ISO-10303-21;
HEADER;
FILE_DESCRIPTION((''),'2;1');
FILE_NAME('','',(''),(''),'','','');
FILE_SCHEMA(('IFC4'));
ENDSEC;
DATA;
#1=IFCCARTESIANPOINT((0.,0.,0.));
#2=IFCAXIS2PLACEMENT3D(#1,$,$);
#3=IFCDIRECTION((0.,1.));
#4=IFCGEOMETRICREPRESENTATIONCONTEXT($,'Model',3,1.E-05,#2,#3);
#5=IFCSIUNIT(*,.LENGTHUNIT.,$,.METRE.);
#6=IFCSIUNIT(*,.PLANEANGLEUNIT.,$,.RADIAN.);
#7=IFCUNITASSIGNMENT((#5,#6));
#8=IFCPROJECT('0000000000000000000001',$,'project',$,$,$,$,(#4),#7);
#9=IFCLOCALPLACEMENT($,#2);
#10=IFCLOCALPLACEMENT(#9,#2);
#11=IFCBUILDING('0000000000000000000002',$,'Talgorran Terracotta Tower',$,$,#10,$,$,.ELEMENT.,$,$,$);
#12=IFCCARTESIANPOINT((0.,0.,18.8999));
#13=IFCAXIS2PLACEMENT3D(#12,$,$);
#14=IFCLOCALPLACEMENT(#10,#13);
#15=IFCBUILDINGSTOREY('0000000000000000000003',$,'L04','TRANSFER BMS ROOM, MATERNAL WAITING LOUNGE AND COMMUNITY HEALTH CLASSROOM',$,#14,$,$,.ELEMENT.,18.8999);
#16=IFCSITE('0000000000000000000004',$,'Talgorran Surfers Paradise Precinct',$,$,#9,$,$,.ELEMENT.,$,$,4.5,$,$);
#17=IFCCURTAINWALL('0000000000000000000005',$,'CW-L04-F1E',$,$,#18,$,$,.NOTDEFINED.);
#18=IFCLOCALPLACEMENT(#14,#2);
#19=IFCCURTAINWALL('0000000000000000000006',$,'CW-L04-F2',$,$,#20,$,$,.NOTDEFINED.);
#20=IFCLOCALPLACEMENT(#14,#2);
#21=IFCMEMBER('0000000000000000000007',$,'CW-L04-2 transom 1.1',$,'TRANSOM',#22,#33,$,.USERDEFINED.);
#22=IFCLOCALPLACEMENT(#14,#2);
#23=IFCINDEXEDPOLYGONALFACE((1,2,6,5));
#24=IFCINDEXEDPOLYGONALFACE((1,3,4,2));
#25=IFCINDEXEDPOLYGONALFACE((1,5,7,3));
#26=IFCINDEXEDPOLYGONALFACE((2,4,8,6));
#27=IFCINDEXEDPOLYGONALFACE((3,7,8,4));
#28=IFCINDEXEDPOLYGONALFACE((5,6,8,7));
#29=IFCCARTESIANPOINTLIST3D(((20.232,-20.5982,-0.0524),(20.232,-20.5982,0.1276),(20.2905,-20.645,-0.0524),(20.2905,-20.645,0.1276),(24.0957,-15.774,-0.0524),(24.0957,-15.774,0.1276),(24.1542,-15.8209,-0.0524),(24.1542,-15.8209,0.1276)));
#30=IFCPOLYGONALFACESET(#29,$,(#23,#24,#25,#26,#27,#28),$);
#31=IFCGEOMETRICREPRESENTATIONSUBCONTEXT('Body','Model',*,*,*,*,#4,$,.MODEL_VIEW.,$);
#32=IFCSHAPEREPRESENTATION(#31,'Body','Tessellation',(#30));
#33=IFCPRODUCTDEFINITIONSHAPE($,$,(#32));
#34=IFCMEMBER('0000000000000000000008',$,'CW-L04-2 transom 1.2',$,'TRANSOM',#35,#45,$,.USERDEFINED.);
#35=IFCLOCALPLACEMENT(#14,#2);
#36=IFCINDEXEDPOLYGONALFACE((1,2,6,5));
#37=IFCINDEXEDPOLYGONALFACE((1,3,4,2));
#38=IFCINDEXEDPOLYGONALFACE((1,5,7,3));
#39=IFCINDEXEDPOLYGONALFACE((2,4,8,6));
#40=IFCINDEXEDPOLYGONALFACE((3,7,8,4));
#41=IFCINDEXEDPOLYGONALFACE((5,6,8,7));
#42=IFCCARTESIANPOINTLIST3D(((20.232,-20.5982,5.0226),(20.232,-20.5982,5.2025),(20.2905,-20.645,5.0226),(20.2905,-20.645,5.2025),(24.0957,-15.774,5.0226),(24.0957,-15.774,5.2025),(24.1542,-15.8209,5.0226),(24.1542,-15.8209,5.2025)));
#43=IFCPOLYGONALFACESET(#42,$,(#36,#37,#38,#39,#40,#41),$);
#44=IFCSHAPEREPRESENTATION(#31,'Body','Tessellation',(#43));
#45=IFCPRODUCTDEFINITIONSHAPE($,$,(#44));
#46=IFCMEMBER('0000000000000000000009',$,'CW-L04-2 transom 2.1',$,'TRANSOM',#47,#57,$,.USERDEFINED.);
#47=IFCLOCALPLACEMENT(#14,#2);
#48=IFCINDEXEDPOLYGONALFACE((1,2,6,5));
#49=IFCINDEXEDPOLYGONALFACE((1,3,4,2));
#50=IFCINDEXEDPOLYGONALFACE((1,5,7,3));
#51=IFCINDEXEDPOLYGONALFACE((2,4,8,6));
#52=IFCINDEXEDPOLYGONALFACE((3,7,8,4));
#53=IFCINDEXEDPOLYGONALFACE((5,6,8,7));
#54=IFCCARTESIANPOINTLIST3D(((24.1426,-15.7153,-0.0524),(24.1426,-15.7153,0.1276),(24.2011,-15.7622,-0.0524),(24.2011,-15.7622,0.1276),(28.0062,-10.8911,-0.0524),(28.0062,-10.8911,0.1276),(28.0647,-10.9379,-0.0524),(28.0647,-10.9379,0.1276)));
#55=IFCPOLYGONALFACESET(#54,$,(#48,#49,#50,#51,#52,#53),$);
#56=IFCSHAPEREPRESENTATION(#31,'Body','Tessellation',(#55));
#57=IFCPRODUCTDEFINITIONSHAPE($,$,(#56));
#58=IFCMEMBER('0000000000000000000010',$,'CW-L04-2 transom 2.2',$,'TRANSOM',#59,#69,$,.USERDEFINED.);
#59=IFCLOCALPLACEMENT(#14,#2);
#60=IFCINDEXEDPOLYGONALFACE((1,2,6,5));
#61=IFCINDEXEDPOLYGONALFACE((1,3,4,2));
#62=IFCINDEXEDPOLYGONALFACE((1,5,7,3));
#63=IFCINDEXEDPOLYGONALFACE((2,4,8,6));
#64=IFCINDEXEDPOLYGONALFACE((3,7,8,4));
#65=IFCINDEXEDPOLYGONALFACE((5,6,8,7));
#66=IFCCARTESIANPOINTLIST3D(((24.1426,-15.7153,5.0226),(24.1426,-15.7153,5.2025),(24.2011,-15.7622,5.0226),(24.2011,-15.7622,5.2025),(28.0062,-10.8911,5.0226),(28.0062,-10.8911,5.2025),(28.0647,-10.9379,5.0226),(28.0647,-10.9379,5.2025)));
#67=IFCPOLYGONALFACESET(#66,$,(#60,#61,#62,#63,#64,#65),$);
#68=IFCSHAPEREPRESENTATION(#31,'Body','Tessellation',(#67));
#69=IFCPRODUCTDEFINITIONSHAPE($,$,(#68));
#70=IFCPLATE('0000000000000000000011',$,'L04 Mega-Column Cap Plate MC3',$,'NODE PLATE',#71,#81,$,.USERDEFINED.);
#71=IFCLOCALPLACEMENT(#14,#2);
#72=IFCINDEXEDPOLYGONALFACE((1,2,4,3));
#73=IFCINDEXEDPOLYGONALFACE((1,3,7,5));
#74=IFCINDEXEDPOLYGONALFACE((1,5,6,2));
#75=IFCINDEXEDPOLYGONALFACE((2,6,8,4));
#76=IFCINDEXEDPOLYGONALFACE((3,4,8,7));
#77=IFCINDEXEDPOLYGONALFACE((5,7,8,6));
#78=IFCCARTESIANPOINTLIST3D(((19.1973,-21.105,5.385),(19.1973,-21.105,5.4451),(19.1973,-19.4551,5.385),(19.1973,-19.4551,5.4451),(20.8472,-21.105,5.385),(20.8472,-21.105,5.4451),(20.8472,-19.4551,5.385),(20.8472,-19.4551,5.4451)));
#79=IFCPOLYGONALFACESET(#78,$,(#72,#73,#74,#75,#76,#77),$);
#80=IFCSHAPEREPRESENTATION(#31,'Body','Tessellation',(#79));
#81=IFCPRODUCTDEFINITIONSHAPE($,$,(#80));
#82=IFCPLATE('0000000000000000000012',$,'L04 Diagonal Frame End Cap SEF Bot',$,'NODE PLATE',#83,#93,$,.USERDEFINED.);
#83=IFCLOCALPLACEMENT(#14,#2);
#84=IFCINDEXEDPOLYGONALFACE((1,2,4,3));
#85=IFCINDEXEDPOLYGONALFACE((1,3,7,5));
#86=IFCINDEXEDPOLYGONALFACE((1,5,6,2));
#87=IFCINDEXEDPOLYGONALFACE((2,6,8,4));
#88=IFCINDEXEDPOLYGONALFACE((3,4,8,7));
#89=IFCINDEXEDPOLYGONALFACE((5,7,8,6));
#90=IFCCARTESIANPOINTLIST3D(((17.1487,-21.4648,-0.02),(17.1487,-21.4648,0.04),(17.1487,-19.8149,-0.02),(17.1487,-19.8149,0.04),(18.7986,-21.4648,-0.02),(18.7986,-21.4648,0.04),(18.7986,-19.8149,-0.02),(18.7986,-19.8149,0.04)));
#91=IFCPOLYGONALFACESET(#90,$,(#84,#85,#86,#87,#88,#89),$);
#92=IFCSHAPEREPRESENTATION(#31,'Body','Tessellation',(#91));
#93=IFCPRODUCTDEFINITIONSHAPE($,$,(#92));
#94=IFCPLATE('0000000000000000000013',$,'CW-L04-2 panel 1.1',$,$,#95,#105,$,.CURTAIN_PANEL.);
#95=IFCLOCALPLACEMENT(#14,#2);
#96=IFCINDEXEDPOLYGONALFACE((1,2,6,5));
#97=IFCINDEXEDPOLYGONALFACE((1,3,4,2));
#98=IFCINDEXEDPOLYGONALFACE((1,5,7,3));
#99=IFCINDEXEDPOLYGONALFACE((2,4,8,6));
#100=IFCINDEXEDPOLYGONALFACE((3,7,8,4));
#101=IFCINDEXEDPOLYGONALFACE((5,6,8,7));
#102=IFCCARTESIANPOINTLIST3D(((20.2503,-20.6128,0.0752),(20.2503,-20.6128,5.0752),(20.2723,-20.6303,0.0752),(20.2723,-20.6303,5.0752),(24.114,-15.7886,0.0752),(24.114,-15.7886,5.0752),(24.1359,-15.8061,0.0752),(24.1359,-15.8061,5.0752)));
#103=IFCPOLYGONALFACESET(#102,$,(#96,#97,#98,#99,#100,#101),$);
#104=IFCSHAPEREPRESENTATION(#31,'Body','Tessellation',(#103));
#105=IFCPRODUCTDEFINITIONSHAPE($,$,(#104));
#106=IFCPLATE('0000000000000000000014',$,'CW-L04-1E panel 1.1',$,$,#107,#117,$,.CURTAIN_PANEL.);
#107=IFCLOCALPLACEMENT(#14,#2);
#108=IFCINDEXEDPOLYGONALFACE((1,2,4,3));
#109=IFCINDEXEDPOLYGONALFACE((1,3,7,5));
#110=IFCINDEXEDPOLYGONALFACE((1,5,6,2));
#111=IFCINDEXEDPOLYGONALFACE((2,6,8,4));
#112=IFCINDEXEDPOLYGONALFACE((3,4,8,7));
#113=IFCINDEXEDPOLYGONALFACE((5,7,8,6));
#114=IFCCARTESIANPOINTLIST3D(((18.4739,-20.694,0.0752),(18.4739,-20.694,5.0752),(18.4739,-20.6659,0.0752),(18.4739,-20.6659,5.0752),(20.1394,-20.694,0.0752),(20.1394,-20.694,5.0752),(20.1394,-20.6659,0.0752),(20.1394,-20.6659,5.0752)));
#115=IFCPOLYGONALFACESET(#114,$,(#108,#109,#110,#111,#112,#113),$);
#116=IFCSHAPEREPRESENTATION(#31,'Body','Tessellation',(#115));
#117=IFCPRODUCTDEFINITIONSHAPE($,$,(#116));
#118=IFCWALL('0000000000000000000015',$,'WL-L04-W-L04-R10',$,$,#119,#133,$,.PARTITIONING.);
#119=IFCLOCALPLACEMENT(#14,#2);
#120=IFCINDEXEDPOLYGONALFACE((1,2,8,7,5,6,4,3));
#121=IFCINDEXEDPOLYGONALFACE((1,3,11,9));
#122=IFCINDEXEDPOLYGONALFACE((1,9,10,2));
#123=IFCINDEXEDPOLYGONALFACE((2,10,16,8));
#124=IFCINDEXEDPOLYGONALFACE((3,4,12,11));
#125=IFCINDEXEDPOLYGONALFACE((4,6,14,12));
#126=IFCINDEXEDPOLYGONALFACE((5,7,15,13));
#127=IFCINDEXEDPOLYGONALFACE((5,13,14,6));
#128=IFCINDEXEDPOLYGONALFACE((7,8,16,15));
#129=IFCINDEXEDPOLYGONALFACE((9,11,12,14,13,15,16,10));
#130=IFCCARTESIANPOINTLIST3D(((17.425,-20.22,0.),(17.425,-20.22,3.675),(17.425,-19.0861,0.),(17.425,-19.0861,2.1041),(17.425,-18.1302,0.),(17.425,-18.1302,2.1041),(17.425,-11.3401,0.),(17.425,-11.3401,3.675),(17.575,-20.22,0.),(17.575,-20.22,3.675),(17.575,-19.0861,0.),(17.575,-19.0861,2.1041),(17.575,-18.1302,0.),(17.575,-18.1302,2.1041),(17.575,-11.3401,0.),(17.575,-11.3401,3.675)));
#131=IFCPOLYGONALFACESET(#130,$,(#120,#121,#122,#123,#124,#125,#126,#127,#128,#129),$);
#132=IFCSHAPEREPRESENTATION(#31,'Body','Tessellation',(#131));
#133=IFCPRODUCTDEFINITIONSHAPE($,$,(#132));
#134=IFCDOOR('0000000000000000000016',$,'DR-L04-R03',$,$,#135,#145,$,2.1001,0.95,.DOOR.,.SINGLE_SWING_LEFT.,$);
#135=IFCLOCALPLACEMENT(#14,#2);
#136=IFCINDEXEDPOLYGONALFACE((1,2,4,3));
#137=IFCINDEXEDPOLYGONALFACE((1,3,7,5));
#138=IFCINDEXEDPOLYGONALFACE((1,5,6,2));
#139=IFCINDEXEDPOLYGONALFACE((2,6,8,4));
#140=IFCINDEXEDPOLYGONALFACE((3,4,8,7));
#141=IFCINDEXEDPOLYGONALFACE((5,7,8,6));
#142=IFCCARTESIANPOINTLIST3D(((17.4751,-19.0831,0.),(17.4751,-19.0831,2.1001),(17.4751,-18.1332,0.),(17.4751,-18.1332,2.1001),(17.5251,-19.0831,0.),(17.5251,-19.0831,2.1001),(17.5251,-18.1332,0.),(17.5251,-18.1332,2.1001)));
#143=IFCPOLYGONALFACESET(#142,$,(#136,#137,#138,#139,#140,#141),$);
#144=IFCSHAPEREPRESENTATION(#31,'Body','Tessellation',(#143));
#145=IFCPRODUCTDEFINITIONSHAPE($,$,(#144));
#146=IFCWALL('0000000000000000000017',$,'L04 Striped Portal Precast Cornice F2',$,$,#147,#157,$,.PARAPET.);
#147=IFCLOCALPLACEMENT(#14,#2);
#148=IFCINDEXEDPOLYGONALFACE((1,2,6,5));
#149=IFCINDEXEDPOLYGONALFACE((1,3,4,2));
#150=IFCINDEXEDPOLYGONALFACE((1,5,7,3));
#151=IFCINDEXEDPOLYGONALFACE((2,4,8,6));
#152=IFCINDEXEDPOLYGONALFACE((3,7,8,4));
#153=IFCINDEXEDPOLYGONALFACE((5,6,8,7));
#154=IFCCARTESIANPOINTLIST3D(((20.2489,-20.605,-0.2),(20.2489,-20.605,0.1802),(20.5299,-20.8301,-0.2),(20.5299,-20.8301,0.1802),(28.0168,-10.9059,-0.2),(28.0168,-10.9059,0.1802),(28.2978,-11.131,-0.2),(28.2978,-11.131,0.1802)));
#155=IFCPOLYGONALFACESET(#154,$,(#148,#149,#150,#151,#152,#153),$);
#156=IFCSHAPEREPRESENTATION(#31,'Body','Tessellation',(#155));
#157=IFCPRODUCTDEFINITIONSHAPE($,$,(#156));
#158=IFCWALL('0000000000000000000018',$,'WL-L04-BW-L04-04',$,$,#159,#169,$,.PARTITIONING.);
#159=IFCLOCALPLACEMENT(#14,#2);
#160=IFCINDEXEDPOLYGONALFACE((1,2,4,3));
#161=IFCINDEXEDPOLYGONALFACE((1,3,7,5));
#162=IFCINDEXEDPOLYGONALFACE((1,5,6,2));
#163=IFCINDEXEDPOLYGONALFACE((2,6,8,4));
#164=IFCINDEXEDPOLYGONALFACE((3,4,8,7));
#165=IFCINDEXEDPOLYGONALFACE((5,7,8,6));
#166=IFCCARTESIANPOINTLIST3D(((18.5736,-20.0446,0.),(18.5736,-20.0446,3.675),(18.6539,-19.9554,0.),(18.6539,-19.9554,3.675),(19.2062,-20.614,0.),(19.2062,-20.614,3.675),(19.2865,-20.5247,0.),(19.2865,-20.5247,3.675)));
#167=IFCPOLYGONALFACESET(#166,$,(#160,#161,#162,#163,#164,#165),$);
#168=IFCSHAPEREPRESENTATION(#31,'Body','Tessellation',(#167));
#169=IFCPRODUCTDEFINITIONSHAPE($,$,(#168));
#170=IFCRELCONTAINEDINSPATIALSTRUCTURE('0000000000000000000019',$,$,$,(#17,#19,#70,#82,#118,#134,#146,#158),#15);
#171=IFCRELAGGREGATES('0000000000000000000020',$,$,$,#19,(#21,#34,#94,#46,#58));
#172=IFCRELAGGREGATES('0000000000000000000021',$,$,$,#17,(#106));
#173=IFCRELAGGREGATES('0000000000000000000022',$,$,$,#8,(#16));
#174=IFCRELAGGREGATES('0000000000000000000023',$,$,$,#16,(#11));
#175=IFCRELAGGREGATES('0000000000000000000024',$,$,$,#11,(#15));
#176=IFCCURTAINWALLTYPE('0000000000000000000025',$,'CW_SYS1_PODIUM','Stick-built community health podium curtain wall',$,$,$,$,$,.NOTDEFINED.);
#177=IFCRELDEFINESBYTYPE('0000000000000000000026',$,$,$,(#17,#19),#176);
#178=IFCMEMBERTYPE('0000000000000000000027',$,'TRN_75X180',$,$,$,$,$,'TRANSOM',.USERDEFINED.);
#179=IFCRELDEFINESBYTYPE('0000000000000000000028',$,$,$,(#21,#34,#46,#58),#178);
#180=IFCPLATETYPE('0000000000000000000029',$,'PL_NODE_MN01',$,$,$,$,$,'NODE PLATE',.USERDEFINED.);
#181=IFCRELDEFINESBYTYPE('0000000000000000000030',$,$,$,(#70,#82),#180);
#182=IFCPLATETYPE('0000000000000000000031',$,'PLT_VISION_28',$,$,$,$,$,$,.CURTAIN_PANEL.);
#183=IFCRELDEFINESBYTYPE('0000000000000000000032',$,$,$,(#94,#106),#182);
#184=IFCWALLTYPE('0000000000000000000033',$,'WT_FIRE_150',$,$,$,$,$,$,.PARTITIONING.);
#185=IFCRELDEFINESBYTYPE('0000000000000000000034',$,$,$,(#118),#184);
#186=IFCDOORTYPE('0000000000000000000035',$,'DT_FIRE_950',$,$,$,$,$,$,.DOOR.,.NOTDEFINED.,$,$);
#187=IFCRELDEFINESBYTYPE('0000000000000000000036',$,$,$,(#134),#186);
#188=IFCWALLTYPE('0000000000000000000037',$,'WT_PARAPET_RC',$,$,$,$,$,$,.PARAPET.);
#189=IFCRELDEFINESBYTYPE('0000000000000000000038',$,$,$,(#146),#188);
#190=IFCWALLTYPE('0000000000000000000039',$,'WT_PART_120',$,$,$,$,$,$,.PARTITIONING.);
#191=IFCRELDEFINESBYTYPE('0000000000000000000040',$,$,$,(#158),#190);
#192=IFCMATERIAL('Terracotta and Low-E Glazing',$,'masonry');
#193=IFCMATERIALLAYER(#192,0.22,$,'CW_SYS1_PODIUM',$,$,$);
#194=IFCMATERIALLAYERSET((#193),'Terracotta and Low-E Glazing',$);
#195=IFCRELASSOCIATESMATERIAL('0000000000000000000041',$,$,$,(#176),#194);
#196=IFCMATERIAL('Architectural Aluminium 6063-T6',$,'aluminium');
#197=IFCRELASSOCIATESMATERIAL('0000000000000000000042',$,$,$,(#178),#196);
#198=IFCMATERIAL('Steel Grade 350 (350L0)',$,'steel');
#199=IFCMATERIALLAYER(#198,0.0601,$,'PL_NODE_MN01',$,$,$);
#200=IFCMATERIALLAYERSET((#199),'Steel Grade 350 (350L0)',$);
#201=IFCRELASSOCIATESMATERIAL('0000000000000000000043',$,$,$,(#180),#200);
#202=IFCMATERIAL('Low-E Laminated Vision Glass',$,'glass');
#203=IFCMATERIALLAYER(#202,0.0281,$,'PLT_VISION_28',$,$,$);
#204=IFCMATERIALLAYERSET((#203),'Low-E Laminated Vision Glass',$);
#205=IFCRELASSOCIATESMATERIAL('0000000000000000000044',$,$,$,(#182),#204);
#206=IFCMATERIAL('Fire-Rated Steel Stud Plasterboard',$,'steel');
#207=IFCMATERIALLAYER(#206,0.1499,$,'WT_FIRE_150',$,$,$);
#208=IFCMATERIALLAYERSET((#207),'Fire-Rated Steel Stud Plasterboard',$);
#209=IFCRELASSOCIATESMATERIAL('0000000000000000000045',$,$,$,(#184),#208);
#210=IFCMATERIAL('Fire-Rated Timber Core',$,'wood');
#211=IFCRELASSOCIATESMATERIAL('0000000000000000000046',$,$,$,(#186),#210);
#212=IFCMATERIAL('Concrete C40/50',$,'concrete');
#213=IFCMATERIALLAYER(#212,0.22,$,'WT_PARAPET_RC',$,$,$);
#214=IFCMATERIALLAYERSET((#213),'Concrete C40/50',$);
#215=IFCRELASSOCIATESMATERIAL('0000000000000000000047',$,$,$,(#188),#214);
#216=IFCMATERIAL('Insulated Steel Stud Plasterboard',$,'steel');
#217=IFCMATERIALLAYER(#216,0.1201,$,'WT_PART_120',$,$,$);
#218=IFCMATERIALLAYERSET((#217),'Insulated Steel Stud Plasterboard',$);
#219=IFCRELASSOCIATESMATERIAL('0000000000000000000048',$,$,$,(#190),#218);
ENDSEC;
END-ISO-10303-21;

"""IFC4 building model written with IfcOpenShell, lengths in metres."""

from ifc_helpers import new_model, si_unit, direction, frame, frame_2d, origin, origin_2d, place, context, subcontext, project, spatial, rectangle, extrude, source, transform, mapped, material, layer, layer_set, material_profile, profile_set, type_object, type_shapes, element, fill, aggregate, save


model = new_model("IFC4")

# Units and contexts
model_context = context("Model", 3, precision=1e-05, world=origin(), true_north=direction((0.0, 1.0)))
body_context = subcontext(model_context, "Body", "Model", "MODEL_VIEW")
ifc_project = project(units=[si_unit("LENGTHUNIT", "METRE"), si_unit("PLANEANGLEUNIT", "RADIAN")], contexts=[model_context])

# Site, building, storey
site_placement = place(None, origin())
site = spatial("IfcSite", under=ifc_project, at=site_placement, Name="Talgorran Surfers Paradise Precinct", CompositionType="ELEMENT", RefElevation=4.5)
building_placement = place(site_placement, origin())
building = spatial("IfcBuilding", under=site, at=building_placement, Name="Talgorran Terracotta Tower", CompositionType="ELEMENT")
storey_placement = place(building_placement, frame((0.0, 0.0, 18.8999)))
storey = spatial("IfcBuildingStorey", under=building, at=storey_placement, Name="L04", Description="TRANSFER BMS ROOM, MATERNAL WAITING LOUNGE AND COMMUNITY HEALTH CLASSROOM", CompositionType="ELEMENT", Elevation=18.8999)

# Shared definitions
ifc_material_1 = material(Name="Steel Grade 350 (350L0)", Category="steel")

# Shared definitions
ifc_material_2 = material(Name="Terracotta and Low-E Glazing", Category="masonry")
ifc_layer_1 = layer(ifc_material_2, 0.22, Name="CW_SYS1_PODIUM")
ifc_layer_set_1 = layer_set([ifc_layer_1], Name="Terracotta and Low-E Glazing")
curtain_wall_type = type_object("IfcCurtainWallType", Name="CW_SYS1_PODIUM", Description="Stick-built community health podium curtain wall", PredefinedType="NOTDEFINED", material=ifc_layer_set_1)
ifc_material_3 = material(Name="Architectural Aluminium 6063-T6", Category="aluminium")

# Curtain walls
curtain_wall_1_placement = place(storey_placement, origin())
curtain_wall_1 = element("IfcCurtainWall", 1, at=curtain_wall_1_placement, inside=storey, type_object=curtain_wall_type, Name="CW-L04-F1E", PredefinedType="NOTDEFINED")
curtain_wall_2_placement = place(storey_placement, origin())
curtain_wall_2 = element("IfcCurtainWall", 2, at=curtain_wall_2_placement, inside=storey, type_object=curtain_wall_type, Name="CW-L04-F2", PredefinedType="NOTDEFINED")

# Members
ifc_material_profile_1 = material_profile(ifc_material_3, rectangle(XDim=0.075, YDim=0.1799, at=origin_2d()), Name="CWT75X180")
ifc_profile_set_1 = profile_set([ifc_material_profile_1], Name="Architectural Aluminium 6063-T6")
member_type_1 = type_object("IfcMemberType", Name="TRN_75X180", ElementType="TRANSOM", PredefinedType="USERDEFINED", material=ifc_profile_set_1)
member_1_placement = place(storey_placement, frame((20.2612, -20.6216, 0.0376), z_axis=(0.625128, 0.780522, 0.0), x_axis=(-0.780522, 0.625128, 0.0)))
member_1 = element("IfcMember", 3, at=member_1_placement, type_object=member_type_1, Name="CW-L04-2 transom 1.1", ObjectType="TRANSOM", PredefinedType="USERDEFINED", context=body_context, shape_type="SweptSolid", body=[
    extrude(rectangle(XDim=0.075, YDim=0.1799, at=origin_2d()), origin(), (0.0, 0.0, 1.0), 6.1807),
])
member_2_placement = place(storey_placement, frame((20.2612, -20.6216, 5.1125), z_axis=(0.625128, 0.780522, 0.0), x_axis=(-0.780522, 0.625128, 0.0)))
member_2 = element("IfcMember", 4, at=member_2_placement, type_object=member_type_1, Name="CW-L04-2 transom 1.2", ObjectType="TRANSOM", PredefinedType="USERDEFINED", context=body_context, shape_type="SweptSolid", body=[
    extrude(rectangle(XDim=0.075, YDim=0.1799, at=origin_2d()), origin(), (0.0, 0.0, 1.0), 6.1807),
])
member_3_placement = place(storey_placement, frame((24.1719, -15.7388, 0.0376), z_axis=(0.625104, 0.780541, 0.0), x_axis=(-0.780541, 0.625104, 0.0)))
member_3 = element("IfcMember", 5, at=member_3_placement, type_object=member_type_1, Name="CW-L04-2 transom 2.1", ObjectType="TRANSOM", PredefinedType="USERDEFINED", context=body_context, shape_type="SweptSolid", body=[
    extrude(rectangle(XDim=0.075, YDim=0.1799, at=origin_2d()), origin(), (0.0, 0.0, 1.0), 6.1807),
])
member_4_placement = place(storey_placement, frame((24.1719, -15.7388, 5.1125), z_axis=(0.625104, 0.780541, 0.0), x_axis=(-0.780541, 0.625104, 0.0)))
member_4 = element("IfcMember", 6, at=member_4_placement, type_object=member_type_1, Name="CW-L04-2 transom 2.2", ObjectType="TRANSOM", PredefinedType="USERDEFINED", context=body_context, shape_type="SweptSolid", body=[
    extrude(rectangle(XDim=0.075, YDim=0.1799, at=origin_2d()), origin(), (0.0, 0.0, 1.0), 6.1807),
])

# Plates
ifc_layer_2 = layer(ifc_material_1, 0.0601, Name="PL_NODE_MN01")
ifc_layer_set_2 = layer_set([ifc_layer_2], Name="Steel Grade 350 (350L0)")
plate_type_1 = type_object("IfcPlateType", Name="PL_NODE_MN01", ElementType="NODE PLATE", PredefinedType="USERDEFINED", material=ifc_layer_set_2)
for number, where, z_axis, x_axis, name in (
    (7, (20.0222, -20.28, 5.385), (0.0, 0.0, 1.0), (1.0, 0.0, 0.0), "L04 Mega-Column Cap Plate MC3"),
    (8, (17.9736, -20.6399, -0.02), (0.0, 0.0, 1.0), (-1.0, 0.0, 0.0), "L04 Diagonal Frame End Cap SEF Bot"),
):
    element("IfcPlate", number, at=place(storey_placement, frame(where, z_axis=z_axis, x_axis=x_axis)), inside=storey, type_object=plate_type_1, Name=name, ObjectType="NODE PLATE", PredefinedType="USERDEFINED", context=body_context, shape_type="SweptSolid", body=[
        extrude(rectangle(XDim=1.6499, YDim=1.6499, at=origin_2d()), origin(), (0.0, 0.0, 1.0), 0.0601),
    ])

# Plates
ifc_material_4 = material(Name="Low-E Laminated Vision Glass", Category="glass")
ifc_layer_3 = layer(ifc_material_4, 0.0281, Name="PLT_VISION_28")
ifc_layer_set_3 = layer_set([ifc_layer_3], Name="Low-E Laminated Vision Glass")
plate_type_2 = type_object("IfcPlateType", Name="PLT_VISION_28", PredefinedType="CURTAIN_PANEL", material=ifc_layer_set_3)
shared_shape_1 = source(origin(), body_context, "Body", "SweptSolid", [
    extrude(rectangle(XDim=6.1807, YDim=0.0281, at=origin_2d()), origin(), (0.0, 0.0, 1.0), 5.0),
])
plate_1_placement = place(storey_placement, frame((22.1931, -18.2095, 0.0752), z_axis=(0.0, 0.0, 1.0), x_axis=(0.625116, 0.780532, 0.0)))
plate_1 = element("IfcPlate", 9, at=plate_1_placement, type_object=plate_type_2, Name="CW-L04-2 panel 1.1", PredefinedType="CURTAIN_PANEL", context=body_context, shape_type="MappedRepresentation", body=[
    mapped(shared_shape_1, transform((0.0, 0.0, 0.0), scale=1.0)),
])
aggregate(curtain_wall_2, [member_1, member_2, plate_1, member_3, member_4])
shared_shape_2 = source(origin(), body_context, "Body", "SweptSolid", [
    extrude(rectangle(XDim=1.6655, YDim=0.0281, at=origin_2d()), origin(), (0.0, 0.0, 1.0), 5.0),
])
type_shapes(plate_type_2, [shared_shape_1, shared_shape_2])
plate_2_placement = place(storey_placement, frame((19.3066, -20.6799, 0.0752), z_axis=(0.0, 0.0, 1.0), x_axis=(1.0, 0.0, 0.0)))
plate_2 = element("IfcPlate", 10, at=plate_2_placement, type_object=plate_type_2, Name="CW-L04-1E panel 1.1", PredefinedType="CURTAIN_PANEL", context=body_context, shape_type="MappedRepresentation", body=[
    mapped(shared_shape_2, transform((0.0, 0.0, 0.0), scale=1.0)),
])
aggregate(curtain_wall_1, [plate_2])

# Wall, opening, door
ifc_material_5 = material(Name="Fire-Rated Steel Stud Plasterboard", Category="steel")
ifc_layer_4 = layer(ifc_material_5, 0.1499, Name="WT_FIRE_150")
ifc_layer_set_4 = layer_set([ifc_layer_4], Name="Fire-Rated Steel Stud Plasterboard")
wall_type_1 = type_object("IfcWallType", Name="WT_FIRE_150", PredefinedType="PARTITIONING", material=ifc_layer_set_4)
wall_1_placement = place(storey_placement, frame((17.5, -20.22, 0.0), z_axis=(0.0, 0.0, 1.0), x_axis=(0.0, 1.0, 0.0)))
wall_1 = element("IfcWall", 11, at=wall_1_placement, inside=storey, type_object=wall_type_1, Name="WL-L04-W-L04-R10", PredefinedType="PARTITIONING", context=body_context, shape_type="SweptSolid", body=[
    extrude(rectangle(XDim=8.8799, YDim=0.1499, at=frame_2d((4.4399, 0.0))), origin(), (0.0, 0.0, 1.0), 3.675),
])
opening_placement = place(wall_1_placement, frame((1.1367, 0.0, 0.0)))
opening = element("IfcOpeningElement", 12, at=opening_placement, cuts=wall_1, PredefinedType="OPENING", context=body_context, shape_type="SweptSolid", body=[
    extrude(rectangle(XDim=0.956, YDim=2.1041, at=frame_2d((0.4751, 1.052))), frame((0.0, 0.085, 0.0), z_axis=(0.0, -1.0, 0.0), x_axis=(1.0, 0.0, 0.0)), (0.0, 0.0, 1.0), 0.1699),
])
ifc_material_6 = material(Name="Fire-Rated Timber Core", Category="wood")
door_type = type_object("IfcDoorType", Name="DT_FIRE_950", OperationType="NOTDEFINED", PredefinedType="DOOR", material=ifc_material_6)
door_placement = place(opening_placement, origin())
door = element("IfcDoor", 13, at=door_placement, inside=storey, type_object=door_type, Name="DR-L04-R03", OperationType="SINGLE_SWING_LEFT", OverallHeight=2.1001, OverallWidth=0.95, PredefinedType="DOOR", context=body_context, shape_type="SweptSolid", body=[
    extrude(rectangle(XDim=0.95, YDim=2.1001, at=frame_2d((0.4751, 1.05))), frame((0.0, 0.0249, 0.0), z_axis=(0.0, -1.0, 0.0), x_axis=(1.0, 0.0, 0.0)), (0.0, 0.0, 1.0), 0.05),
])
fill(opening, door)

# Walls
ifc_material_7 = material(Name="Concrete C40/50", Category="concrete")
ifc_layer_5 = layer(ifc_material_7, 0.22, Name="WT_PARAPET_RC")
ifc_layer_set_5 = layer_set([ifc_layer_5], Name="Concrete C40/50")
wall_type_2 = type_object("IfcWallType", Name="WT_PARAPET_RC", PredefinedType="PARAPET", material=ifc_layer_set_5)
wall_2_placement = place(storey_placement, frame((20.3894, -20.7175, -0.2), z_axis=(0.0, 0.0, 1.0), x_axis=(0.625119, 0.780529, 0.0)))
element("IfcWall", 14, at=wall_2_placement, inside=storey, type_object=wall_type_2, Name="L04 Striped Portal Precast Cornice F2", PredefinedType="PARAPET", context=body_context, shape_type="SweptSolid", body=[
    extrude(rectangle(XDim=12.4263, YDim=0.3601, at=frame_2d((6.2131, 0.0))), origin(), (0.0, 0.0, 1.0), 0.3801),
])
ifc_material_8 = material(Name="Insulated Steel Stud Plasterboard", Category="steel")
ifc_layer_6 = layer(ifc_material_8, 0.1201, Name="WT_PART_120")
ifc_layer_set_6 = layer_set([ifc_layer_6], Name="Insulated Steel Stud Plasterboard")
wall_type_3 = type_object("IfcWallType", Name="WT_PART_120", PredefinedType="PARTITIONING", material=ifc_layer_set_6)
wall_3_placement = place(storey_placement, frame((18.6138, -20.0, 0.0), z_axis=(0.0, 0.0, 1.0), x_axis=(0.74328, -0.668981, 0.0)))
element("IfcWall", 15, at=wall_3_placement, inside=storey, type_object=wall_type_3, Name="WL-L04-BW-L04-04", PredefinedType="PARTITIONING", context=body_context, shape_type="SweptSolid", body=[
    extrude(rectangle(XDim=0.8511, YDim=0.1201, at=frame_2d((0.4255, 0.0))), origin(), (0.0, 0.0, 1.0), 3.675),
])

save(model, "model.ifc")
